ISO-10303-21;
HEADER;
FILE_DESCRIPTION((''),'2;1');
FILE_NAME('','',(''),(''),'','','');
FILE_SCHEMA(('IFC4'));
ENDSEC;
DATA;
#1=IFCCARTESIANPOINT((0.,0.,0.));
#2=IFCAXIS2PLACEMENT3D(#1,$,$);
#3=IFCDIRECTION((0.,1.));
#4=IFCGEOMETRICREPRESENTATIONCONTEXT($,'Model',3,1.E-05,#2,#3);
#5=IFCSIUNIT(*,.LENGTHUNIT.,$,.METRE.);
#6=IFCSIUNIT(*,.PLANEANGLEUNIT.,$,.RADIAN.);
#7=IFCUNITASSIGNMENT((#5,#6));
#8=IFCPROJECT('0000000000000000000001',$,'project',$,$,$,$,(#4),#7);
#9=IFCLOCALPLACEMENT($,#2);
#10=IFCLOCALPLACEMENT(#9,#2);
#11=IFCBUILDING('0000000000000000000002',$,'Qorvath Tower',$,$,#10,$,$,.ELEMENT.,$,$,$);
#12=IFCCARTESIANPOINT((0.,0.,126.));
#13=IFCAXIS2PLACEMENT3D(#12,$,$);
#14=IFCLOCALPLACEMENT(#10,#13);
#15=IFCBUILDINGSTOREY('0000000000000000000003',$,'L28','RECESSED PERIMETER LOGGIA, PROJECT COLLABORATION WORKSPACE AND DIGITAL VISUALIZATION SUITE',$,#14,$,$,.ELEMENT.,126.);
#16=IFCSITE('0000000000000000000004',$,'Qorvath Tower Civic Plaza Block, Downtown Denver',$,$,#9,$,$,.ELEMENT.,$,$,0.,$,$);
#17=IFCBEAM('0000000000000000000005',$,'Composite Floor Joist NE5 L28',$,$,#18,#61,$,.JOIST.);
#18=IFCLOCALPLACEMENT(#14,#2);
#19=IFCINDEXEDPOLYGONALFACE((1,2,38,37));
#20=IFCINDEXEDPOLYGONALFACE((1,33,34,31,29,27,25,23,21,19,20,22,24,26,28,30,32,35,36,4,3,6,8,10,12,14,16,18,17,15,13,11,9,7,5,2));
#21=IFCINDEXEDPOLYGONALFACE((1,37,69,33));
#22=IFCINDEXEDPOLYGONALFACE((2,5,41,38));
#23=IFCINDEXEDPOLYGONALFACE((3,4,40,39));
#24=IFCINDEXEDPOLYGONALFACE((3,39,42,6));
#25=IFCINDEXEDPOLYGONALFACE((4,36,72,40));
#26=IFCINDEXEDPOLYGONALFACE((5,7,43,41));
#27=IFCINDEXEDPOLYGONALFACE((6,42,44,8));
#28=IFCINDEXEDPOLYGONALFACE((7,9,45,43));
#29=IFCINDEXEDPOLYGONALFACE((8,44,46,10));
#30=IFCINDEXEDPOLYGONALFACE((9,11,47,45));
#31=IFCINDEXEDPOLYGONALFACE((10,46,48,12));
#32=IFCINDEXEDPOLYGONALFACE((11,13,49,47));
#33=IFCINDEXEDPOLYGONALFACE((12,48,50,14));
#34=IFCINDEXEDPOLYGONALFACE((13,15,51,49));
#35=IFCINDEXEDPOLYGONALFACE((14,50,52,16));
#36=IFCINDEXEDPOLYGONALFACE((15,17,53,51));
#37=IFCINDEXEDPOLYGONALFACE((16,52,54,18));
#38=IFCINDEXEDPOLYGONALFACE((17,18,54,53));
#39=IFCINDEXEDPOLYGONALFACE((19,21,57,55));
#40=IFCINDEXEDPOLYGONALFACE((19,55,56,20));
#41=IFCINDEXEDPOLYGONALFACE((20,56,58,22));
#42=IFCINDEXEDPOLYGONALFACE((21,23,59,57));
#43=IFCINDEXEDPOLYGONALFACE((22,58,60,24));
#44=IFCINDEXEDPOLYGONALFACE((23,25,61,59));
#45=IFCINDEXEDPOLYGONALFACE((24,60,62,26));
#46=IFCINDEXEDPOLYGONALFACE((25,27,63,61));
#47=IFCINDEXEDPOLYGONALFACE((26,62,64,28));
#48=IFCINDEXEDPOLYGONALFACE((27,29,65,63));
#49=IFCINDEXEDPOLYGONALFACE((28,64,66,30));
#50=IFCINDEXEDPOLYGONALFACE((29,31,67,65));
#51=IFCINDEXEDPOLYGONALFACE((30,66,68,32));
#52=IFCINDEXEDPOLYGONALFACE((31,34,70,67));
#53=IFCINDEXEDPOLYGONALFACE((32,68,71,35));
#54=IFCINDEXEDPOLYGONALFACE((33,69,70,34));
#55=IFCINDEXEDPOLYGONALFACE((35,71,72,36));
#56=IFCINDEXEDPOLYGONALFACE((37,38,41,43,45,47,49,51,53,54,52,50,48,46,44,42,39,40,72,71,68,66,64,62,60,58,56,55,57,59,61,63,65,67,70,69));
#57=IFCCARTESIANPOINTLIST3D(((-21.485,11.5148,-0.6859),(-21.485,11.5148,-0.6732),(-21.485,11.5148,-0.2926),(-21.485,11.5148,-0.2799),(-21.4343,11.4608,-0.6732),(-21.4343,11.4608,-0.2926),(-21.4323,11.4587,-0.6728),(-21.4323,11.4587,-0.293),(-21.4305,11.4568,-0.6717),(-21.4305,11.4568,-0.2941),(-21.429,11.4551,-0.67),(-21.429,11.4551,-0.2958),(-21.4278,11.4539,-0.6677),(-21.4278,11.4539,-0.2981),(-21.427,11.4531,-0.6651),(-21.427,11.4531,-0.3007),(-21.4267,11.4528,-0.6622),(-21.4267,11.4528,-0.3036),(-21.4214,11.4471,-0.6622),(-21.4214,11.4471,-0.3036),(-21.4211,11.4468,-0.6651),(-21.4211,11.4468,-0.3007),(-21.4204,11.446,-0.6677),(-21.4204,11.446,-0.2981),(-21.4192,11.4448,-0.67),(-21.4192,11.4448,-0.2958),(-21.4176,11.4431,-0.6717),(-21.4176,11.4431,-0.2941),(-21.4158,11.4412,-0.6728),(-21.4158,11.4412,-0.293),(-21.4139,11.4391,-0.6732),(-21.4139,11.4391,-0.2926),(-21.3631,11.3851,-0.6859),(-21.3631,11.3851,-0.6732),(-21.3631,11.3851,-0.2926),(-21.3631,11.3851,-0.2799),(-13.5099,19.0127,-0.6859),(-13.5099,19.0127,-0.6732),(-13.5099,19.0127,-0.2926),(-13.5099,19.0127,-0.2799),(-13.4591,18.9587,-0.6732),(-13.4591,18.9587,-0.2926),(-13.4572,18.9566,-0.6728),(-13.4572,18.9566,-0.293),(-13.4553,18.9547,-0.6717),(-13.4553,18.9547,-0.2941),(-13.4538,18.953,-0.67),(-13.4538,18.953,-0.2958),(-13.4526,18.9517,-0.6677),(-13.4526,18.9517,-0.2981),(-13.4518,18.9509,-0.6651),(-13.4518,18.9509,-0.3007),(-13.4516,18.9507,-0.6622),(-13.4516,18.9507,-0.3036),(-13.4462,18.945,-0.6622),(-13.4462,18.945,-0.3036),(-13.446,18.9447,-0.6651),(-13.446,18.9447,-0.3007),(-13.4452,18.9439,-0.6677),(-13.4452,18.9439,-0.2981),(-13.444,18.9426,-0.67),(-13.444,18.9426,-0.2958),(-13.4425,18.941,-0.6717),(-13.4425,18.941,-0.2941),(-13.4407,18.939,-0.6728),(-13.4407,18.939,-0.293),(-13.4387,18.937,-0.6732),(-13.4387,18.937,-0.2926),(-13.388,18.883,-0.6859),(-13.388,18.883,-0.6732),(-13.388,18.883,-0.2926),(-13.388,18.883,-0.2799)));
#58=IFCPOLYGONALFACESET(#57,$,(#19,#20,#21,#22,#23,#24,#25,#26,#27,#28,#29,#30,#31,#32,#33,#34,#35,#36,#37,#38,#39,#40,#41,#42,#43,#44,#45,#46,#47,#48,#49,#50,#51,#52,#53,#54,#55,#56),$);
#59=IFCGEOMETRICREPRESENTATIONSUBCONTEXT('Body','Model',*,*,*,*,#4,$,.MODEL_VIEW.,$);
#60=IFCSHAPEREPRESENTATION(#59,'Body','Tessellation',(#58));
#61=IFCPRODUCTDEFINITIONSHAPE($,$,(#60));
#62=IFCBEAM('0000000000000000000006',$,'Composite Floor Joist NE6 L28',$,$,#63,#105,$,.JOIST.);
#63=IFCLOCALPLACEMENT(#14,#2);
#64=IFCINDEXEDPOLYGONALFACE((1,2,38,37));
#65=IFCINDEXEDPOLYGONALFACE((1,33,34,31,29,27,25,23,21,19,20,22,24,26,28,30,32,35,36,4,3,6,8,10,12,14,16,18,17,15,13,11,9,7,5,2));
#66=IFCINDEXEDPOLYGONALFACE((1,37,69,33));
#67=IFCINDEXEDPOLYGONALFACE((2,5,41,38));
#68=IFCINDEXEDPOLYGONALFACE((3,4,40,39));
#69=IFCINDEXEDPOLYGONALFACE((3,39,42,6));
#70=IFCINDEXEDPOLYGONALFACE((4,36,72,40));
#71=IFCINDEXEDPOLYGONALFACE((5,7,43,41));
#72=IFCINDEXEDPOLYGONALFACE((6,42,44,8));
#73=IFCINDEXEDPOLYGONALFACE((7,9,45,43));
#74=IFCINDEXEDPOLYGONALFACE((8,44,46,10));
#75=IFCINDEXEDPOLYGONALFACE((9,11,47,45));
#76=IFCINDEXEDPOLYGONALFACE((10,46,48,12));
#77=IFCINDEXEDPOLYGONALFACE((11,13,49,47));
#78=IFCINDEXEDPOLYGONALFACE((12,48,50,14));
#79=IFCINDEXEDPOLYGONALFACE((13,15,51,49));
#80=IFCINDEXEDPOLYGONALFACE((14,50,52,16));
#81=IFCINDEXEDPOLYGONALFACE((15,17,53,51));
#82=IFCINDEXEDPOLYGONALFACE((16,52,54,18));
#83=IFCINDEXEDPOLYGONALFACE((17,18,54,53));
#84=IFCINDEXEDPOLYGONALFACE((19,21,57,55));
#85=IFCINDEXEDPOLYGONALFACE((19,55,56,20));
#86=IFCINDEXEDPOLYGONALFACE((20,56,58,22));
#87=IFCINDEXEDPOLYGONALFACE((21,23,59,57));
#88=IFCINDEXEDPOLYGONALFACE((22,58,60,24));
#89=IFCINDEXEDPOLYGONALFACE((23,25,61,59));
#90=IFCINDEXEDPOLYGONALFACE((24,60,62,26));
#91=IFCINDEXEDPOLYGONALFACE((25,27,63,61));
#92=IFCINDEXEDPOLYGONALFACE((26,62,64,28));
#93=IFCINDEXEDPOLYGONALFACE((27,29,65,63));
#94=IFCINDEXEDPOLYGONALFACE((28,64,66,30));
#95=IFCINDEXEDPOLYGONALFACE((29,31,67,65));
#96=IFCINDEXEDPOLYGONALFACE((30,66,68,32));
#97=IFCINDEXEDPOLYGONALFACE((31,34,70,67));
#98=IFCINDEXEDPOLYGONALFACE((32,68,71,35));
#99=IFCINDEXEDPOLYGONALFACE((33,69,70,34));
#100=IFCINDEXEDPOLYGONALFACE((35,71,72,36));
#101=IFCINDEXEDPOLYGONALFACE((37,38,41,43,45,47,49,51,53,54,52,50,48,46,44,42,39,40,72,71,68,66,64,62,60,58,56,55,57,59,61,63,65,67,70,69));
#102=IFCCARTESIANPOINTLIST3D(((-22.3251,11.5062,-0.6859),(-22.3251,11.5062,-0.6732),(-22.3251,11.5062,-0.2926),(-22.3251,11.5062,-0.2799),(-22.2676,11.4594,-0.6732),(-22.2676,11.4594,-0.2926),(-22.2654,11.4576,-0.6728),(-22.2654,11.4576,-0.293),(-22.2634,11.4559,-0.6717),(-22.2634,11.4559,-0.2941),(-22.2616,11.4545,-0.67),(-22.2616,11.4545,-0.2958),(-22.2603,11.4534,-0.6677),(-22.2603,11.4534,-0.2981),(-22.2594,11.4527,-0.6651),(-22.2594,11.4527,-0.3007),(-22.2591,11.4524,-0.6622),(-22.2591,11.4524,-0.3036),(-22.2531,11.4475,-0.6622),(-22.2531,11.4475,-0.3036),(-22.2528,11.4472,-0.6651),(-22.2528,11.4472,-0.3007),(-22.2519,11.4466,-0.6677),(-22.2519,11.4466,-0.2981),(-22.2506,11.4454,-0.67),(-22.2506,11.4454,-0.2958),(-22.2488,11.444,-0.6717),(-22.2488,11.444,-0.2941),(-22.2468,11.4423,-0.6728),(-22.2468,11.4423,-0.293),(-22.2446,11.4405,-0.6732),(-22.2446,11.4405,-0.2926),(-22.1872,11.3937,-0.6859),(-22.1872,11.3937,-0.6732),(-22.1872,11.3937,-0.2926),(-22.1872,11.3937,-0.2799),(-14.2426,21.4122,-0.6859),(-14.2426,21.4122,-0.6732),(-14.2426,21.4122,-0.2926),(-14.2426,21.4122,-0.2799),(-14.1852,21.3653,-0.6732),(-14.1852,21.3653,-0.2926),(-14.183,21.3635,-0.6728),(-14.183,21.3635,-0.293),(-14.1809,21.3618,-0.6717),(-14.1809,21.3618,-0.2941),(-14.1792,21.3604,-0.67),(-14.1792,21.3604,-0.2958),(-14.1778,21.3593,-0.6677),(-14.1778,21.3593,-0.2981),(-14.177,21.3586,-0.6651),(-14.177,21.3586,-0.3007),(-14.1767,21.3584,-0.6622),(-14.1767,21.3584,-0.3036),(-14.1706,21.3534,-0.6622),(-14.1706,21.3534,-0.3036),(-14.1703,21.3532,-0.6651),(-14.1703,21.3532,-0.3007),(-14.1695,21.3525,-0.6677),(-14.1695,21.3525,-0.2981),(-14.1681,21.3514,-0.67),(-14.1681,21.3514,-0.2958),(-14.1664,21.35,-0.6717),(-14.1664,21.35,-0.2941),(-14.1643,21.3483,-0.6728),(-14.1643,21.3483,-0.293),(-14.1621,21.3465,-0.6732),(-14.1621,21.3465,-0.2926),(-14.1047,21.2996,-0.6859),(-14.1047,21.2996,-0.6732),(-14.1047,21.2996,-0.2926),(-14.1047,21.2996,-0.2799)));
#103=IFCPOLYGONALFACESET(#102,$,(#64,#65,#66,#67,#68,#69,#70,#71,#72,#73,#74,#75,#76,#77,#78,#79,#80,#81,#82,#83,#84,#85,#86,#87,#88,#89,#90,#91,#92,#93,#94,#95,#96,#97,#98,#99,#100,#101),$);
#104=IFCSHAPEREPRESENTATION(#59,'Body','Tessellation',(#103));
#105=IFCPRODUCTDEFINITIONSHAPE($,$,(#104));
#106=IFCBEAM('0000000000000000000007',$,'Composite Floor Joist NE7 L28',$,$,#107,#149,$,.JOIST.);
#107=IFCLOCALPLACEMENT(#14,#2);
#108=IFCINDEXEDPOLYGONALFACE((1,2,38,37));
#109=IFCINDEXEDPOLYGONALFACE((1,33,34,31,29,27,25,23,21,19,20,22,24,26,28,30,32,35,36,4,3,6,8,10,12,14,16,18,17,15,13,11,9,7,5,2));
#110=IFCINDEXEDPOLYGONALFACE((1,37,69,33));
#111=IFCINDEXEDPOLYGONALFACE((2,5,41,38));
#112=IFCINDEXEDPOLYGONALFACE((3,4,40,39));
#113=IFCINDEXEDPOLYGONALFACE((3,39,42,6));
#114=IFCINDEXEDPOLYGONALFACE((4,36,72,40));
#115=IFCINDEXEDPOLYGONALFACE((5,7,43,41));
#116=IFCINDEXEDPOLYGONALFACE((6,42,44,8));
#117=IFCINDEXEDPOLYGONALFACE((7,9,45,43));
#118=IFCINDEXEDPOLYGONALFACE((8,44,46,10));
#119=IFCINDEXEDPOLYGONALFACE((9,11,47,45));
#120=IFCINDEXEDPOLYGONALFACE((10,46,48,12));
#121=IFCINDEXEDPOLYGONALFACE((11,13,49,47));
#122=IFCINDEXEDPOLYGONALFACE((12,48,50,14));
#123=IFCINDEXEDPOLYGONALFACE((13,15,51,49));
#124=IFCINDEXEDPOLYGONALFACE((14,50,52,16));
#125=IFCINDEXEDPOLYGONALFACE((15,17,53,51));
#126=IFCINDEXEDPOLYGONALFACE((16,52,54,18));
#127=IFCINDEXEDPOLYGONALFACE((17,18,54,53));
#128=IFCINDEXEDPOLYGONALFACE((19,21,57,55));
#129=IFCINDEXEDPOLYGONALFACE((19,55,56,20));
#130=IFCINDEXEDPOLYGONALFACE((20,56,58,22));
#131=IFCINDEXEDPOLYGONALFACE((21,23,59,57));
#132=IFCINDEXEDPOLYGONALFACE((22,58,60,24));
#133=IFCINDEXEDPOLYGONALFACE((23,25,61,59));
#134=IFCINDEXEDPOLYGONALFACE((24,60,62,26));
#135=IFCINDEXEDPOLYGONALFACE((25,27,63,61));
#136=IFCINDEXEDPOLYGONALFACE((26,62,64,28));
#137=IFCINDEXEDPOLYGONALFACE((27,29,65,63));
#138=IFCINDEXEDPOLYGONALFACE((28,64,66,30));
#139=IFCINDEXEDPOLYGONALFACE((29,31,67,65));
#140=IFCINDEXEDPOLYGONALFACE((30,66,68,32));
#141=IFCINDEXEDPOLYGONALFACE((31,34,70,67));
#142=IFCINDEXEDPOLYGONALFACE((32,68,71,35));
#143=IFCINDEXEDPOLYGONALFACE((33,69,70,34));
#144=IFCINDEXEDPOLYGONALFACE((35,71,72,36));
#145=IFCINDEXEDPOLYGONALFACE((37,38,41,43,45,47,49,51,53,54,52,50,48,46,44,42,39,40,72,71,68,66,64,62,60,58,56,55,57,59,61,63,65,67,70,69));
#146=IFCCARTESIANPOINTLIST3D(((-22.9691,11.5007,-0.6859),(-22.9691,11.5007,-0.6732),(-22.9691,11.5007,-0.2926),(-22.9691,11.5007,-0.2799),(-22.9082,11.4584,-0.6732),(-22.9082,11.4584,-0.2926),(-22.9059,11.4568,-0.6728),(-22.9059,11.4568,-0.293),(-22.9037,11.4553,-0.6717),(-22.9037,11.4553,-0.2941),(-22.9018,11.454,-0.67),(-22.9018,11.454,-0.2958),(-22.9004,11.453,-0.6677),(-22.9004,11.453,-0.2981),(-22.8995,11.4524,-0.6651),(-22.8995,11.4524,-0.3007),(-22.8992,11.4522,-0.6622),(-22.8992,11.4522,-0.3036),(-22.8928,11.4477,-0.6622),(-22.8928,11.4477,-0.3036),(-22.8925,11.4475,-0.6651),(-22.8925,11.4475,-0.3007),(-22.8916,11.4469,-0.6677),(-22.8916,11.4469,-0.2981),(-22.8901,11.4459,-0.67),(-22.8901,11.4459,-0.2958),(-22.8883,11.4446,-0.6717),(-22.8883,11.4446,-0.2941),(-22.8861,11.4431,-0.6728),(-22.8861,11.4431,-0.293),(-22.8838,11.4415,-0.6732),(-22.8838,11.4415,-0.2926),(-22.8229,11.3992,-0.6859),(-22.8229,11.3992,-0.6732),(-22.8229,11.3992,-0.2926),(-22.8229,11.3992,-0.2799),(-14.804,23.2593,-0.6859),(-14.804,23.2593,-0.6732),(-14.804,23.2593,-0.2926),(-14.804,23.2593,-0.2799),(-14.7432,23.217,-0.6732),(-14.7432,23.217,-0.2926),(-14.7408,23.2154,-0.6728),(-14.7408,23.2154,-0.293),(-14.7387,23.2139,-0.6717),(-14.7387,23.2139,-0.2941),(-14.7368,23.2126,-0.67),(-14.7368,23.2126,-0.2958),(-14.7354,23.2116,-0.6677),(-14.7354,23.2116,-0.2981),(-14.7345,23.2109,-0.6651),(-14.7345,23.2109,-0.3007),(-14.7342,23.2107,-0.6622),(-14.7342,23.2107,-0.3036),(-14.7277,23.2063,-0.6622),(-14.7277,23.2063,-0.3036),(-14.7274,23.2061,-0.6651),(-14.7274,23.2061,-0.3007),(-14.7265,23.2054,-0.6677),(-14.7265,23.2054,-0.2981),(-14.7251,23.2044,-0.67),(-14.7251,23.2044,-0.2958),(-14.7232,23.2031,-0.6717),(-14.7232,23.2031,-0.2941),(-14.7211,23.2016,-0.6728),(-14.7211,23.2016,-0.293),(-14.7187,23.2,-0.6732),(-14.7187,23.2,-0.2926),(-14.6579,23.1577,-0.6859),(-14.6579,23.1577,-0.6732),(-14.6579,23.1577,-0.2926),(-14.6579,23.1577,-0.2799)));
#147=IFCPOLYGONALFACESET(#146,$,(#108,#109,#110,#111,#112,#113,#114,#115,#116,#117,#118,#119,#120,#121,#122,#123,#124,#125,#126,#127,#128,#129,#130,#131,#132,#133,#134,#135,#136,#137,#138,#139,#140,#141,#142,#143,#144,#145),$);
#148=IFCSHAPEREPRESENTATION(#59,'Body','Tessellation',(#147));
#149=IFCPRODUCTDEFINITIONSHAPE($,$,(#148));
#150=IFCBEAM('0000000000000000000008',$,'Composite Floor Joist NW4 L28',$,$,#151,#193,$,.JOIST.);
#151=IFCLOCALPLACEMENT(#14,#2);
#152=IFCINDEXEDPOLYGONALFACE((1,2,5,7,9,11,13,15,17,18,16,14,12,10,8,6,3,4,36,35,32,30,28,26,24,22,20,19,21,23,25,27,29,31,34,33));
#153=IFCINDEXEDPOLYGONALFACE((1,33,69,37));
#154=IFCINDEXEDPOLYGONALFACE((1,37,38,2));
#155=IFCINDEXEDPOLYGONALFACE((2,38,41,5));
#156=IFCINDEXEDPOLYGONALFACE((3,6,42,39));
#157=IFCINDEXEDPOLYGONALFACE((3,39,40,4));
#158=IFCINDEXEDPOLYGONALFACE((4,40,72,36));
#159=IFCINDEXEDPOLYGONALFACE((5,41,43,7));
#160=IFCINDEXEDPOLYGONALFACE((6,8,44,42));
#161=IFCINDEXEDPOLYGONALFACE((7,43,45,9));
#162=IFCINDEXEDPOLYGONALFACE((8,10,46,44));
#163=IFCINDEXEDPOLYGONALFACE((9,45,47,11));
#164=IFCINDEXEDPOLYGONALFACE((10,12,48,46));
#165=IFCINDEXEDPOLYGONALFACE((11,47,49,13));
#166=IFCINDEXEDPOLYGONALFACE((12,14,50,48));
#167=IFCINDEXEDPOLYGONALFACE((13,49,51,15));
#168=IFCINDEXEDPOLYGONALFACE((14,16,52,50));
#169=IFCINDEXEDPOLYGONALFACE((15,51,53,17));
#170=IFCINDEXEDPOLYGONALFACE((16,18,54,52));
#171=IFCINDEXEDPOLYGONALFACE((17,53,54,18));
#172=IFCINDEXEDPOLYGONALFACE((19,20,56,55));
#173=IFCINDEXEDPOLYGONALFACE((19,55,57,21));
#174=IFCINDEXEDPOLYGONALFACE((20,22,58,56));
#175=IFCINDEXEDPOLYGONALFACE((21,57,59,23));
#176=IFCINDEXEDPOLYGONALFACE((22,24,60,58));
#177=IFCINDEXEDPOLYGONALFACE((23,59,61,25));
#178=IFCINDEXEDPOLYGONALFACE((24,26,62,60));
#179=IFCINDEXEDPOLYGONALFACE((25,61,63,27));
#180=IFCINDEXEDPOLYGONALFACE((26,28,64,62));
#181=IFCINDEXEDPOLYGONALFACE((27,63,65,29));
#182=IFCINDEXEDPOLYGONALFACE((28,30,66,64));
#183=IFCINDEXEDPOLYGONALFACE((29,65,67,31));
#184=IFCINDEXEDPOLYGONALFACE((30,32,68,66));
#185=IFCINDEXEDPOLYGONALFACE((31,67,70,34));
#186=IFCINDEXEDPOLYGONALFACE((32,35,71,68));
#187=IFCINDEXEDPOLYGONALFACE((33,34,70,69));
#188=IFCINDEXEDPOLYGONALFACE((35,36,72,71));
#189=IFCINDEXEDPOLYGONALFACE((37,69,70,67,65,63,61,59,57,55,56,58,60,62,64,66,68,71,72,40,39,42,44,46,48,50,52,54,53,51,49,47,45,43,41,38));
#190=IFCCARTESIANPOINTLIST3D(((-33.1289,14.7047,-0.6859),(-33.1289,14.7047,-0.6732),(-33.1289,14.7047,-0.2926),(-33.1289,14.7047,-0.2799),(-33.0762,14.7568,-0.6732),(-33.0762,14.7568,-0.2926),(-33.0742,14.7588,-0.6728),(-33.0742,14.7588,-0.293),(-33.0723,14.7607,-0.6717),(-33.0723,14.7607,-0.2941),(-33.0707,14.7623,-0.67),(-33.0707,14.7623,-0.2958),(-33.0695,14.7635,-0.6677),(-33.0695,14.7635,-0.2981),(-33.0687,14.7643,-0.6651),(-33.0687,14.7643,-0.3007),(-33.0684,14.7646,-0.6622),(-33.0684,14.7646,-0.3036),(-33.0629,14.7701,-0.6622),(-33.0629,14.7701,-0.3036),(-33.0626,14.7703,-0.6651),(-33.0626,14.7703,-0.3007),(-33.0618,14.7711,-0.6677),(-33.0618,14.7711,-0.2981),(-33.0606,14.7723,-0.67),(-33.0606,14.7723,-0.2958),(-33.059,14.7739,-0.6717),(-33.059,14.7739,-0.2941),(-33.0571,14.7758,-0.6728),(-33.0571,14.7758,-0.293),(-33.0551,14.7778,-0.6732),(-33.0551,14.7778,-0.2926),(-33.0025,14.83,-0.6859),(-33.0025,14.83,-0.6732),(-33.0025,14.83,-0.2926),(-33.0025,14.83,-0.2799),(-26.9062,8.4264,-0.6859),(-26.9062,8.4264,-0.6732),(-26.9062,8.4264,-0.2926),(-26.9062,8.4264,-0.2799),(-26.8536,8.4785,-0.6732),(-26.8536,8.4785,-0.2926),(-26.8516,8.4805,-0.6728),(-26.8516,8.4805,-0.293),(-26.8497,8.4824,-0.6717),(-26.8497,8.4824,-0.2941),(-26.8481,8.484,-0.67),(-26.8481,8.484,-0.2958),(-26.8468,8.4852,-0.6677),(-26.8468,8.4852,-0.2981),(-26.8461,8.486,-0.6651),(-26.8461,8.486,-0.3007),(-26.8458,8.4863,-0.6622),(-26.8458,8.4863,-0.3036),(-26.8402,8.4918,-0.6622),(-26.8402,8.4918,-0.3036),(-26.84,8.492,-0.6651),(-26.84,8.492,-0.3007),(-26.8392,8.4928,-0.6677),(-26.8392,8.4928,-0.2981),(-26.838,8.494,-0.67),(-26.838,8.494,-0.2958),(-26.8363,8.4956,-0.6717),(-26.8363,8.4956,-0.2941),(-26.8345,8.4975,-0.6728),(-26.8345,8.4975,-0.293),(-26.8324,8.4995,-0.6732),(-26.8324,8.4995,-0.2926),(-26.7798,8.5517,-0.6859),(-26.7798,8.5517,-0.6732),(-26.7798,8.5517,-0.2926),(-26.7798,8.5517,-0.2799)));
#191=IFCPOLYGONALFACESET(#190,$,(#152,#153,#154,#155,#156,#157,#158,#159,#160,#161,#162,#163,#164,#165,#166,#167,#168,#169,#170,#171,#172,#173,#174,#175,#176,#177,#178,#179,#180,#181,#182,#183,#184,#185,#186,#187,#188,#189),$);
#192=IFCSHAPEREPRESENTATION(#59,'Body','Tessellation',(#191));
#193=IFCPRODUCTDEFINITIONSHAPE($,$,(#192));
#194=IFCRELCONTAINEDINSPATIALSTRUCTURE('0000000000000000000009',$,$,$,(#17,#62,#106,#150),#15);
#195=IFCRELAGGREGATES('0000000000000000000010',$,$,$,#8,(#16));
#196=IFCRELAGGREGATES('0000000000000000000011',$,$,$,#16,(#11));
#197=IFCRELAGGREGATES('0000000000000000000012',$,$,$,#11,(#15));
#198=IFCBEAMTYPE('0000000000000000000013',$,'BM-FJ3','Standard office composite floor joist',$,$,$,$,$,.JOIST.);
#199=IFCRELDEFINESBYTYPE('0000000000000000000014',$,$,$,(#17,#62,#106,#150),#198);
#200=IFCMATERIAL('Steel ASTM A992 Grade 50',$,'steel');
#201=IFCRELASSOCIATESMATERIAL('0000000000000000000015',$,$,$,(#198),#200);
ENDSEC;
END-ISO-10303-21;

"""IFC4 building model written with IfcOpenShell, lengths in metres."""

from ifc_helpers import new_model, si_unit, direction, frame, origin, origin_2d, place, context, subcontext, project, spatial, i_section, extrude, material, material_profile, profile_set, type_object, element, save


model = new_model("IFC4")

# Units and contexts
model_context = context("Model", 3, precision=1e-05, world=origin(), true_north=direction((0.0, 1.0)))
body_context = subcontext(model_context, "Body", "Model", "MODEL_VIEW")
ifc_project = project(units=[si_unit("LENGTHUNIT", "METRE"), si_unit("PLANEANGLEUNIT", "RADIAN")], contexts=[model_context])

# Site, building, storey
site_placement = place(None, origin())
site = spatial("IfcSite", under=ifc_project, at=site_placement, Name="Qorvath Tower Civic Plaza Block, Downtown Denver", CompositionType="ELEMENT", RefElevation=0.0)
building_placement = place(site_placement, origin())
building = spatial("IfcBuilding", under=site, at=building_placement, Name="Qorvath Tower", CompositionType="ELEMENT")
storey_placement = place(building_placement, frame((0.0, 0.0, 126.0)))
storey = spatial("IfcBuildingStorey", under=building, at=storey_placement, Name="L28", Description="RECESSED PERIMETER LOGGIA, PROJECT COLLABORATION WORKSPACE AND DIGITAL VISUALIZATION SUITE", CompositionType="ELEMENT", Elevation=126.0)

# Beams
ifc_material_1 = material(Name="Steel ASTM A992 Grade 50", Category="steel")
ifc_material_profile_1 = material_profile(ifc_material_1, i_section(OverallWidth=0.178, OverallDepth=0.406, WebThickness=0.0078, FlangeThickness=0.0127, FilletRadius=0.011, at=origin_2d()), Name="W16x40")
ifc_profile_set_1 = profile_set([ifc_material_profile_1], Name="Steel ASTM A992 Grade 50")
beam_type_1 = type_object("IfcBeamType", Name="BM-FJ3", Description="Standard office composite floor joist", PredefinedType="JOIST", material=ifc_profile_set_1)
beam_1_placement = place(storey_placement, frame((-21.4241, 11.45, -0.4829), z_axis=(0.728572, 0.684969, 0.0), x_axis=(-0.684969, 0.728572, 0.0)))
element("IfcBeam", 1, at=beam_1_placement, inside=storey, type_object=beam_type_1, Name="Composite Floor Joist NE5 L28", PredefinedType="JOIST", context=body_context, shape_type="SweptSolid", body=[
    extrude(i_section(OverallWidth=0.178, OverallDepth=0.406, WebThickness=0.0078, FlangeThickness=0.0127, FilletRadius=0.011, at=origin_2d()), origin(), (0.0, 0.0, 1.0), 10.9463),
])
beam_2_placement = place(storey_placement, frame((-22.2561, 11.45, -0.4829), z_axis=(0.632188, 0.774815, 0.0), x_axis=(-0.774815, 0.632188, 0.0)))
element("IfcBeam", 2, at=beam_2_placement, inside=storey, type_object=beam_type_1, Name="Composite Floor Joist NE6 L28", PredefinedType="JOIST", context=body_context, shape_type="SweptSolid", body=[
    extrude(i_section(OverallWidth=0.178, OverallDepth=0.406, WebThickness=0.0078, FlangeThickness=0.0127, FilletRadius=0.011, at=origin_2d()), origin(), (0.0, 0.0, 1.0), 12.7849),
])
beam_3_placement = place(storey_placement, frame((-22.896, 11.45, -0.4829), z_axis=(0.570367, 0.82139, 0.0), x_axis=(-0.82139, 0.570367, 0.0)))
element("IfcBeam", 3, at=beam_3_placement, inside=storey, type_object=beam_type_1, Name="Composite Floor Joist NE7 L28", PredefinedType="JOIST", context=body_context, shape_type="SweptSolid", body=[
    extrude(i_section(OverallWidth=0.178, OverallDepth=0.406, WebThickness=0.0078, FlangeThickness=0.0127, FilletRadius=0.011, at=origin_2d()), origin(), (0.0, 0.0, 1.0), 14.3154),
])
beam_4_placement = place(storey_placement, frame((-26.843, 8.489, -0.4829), z_axis=(-0.703951, 0.710248, 0.0), x_axis=(-0.710248, -0.703951, 0.0)))
element("IfcBeam", 4, at=beam_4_placement, inside=storey, type_object=beam_type_1, Name="Composite Floor Joist NW4 L28", PredefinedType="JOIST", context=body_context, shape_type="SweptSolid", body=[
    extrude(i_section(OverallWidth=0.178, OverallDepth=0.406, WebThickness=0.0078, FlangeThickness=0.0127, FilletRadius=0.011, at=origin_2d()), origin(), (0.0, 0.0, 1.0), 8.8396),
])

save(model, "model.ifc")
